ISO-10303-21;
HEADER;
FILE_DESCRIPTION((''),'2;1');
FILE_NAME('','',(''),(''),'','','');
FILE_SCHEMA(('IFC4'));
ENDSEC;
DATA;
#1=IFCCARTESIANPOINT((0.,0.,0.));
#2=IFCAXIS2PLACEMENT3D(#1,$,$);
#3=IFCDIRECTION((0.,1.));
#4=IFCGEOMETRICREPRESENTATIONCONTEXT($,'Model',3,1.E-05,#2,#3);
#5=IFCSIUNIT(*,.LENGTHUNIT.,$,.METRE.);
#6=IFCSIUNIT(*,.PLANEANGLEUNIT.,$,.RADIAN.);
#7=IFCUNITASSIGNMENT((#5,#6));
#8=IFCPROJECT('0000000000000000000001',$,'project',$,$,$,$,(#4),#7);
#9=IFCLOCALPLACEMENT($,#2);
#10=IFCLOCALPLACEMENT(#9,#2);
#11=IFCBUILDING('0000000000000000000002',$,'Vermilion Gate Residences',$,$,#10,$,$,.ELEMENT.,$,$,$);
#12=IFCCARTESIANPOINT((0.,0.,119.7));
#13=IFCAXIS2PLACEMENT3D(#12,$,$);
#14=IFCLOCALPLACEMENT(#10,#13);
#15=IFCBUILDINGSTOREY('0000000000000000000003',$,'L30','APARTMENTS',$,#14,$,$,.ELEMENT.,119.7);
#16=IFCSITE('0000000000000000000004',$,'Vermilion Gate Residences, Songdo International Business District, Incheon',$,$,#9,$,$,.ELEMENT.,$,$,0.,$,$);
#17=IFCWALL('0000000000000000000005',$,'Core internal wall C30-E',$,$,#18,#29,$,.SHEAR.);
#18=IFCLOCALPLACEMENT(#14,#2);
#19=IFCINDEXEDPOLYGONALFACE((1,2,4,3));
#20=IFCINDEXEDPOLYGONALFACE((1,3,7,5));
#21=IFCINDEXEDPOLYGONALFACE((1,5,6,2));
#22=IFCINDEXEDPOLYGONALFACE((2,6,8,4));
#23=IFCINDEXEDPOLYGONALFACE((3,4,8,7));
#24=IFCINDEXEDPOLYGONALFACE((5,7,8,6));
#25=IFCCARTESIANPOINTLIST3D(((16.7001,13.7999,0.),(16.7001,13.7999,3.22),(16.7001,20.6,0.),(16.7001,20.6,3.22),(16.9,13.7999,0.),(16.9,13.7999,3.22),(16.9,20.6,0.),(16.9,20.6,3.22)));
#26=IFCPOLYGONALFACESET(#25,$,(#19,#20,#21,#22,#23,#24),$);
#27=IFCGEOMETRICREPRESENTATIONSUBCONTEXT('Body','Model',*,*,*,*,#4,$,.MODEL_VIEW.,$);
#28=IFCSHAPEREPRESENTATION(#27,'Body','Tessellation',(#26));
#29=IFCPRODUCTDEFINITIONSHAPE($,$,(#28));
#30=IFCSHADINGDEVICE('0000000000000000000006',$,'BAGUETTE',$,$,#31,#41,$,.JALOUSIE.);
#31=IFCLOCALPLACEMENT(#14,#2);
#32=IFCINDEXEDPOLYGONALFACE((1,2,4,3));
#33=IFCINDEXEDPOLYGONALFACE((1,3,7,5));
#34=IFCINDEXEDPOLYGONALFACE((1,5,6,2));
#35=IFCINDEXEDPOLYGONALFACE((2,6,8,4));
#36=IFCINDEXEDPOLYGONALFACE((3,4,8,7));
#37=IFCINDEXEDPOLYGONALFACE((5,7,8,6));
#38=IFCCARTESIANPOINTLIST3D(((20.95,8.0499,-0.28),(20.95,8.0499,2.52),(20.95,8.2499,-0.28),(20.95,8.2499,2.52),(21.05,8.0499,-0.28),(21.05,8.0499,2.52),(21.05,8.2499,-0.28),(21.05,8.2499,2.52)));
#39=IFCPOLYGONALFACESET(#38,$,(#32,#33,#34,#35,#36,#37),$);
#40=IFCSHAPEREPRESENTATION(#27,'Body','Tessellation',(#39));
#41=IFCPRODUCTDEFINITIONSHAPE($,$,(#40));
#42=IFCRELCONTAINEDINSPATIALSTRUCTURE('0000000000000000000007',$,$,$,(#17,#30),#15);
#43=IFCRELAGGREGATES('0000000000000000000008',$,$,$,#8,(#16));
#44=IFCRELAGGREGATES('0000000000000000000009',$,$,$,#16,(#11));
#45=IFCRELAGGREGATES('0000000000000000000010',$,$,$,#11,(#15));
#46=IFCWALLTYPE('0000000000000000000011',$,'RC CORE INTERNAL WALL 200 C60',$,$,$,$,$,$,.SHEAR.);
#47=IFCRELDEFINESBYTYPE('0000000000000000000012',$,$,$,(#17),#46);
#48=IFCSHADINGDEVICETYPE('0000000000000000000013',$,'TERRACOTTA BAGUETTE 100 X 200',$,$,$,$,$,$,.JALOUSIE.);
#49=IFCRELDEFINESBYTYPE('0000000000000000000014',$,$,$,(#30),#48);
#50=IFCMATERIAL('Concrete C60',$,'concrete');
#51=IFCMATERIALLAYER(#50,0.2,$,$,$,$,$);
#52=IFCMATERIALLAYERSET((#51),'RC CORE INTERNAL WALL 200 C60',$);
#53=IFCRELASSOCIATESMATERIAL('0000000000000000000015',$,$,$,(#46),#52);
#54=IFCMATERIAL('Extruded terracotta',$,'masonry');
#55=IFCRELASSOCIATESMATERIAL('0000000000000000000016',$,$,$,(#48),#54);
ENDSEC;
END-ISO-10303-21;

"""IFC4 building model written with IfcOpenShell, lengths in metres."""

from ifc_helpers import new_model, si_unit, direction, frame, frame_2d, origin, origin_2d, place, context, subcontext, project, spatial, rectangle, extrude, material, layer, layer_set, material_profile, profile_set, type_object, element, save


model = new_model("IFC4")

# Units and contexts
model_context = context("Model", 3, precision=1e-05, world=origin(), true_north=direction((0.0, 1.0)))
body_context = subcontext(model_context, "Body", "Model", "MODEL_VIEW")
ifc_project = project(units=[si_unit("LENGTHUNIT", "METRE"), si_unit("PLANEANGLEUNIT", "RADIAN")], contexts=[model_context])

# Site, building, storey
site_placement = place(None, origin())
site = spatial("IfcSite", under=ifc_project, at=site_placement, Name="Vermilion Gate Residences, Songdo International Business District, Incheon", CompositionType="ELEMENT", RefElevation=0.0)
building_placement = place(site_placement, origin())
building = spatial("IfcBuilding", under=site, at=building_placement, Name="Vermilion Gate Residences", CompositionType="ELEMENT")
storey_placement = place(building_placement, frame((0.0, 0.0, 119.7)))
storey = spatial("IfcBuildingStorey", under=building, at=storey_placement, Name="L30", Description="APARTMENTS", CompositionType="ELEMENT", Elevation=119.7)

# Wall
ifc_material_1 = material(Name="Concrete C60", Category="concrete")
ifc_layer_1 = layer(ifc_material_1, 0.2)
ifc_layer_set_1 = layer_set([ifc_layer_1], Name="RC CORE INTERNAL WALL 200 C60")
wall_type_1 = type_object("IfcWallType", Name="RC CORE INTERNAL WALL 200 C60", PredefinedType="SHEAR", material=ifc_layer_set_1)
wall_1_placement = place(storey_placement, frame((16.8, 13.8, 0.0), z_axis=(0.0, 0.0, 1.0), x_axis=(0.0, 1.0, 0.0)))
element("IfcWall", 1, at=wall_1_placement, inside=storey, type_object=wall_type_1, Name="Core internal wall C30-E", PredefinedType="SHEAR", context=body_context, shape_type="SweptSolid", body=[
    extrude(rectangle(XDim=6.8, YDim=0.2, at=frame_2d((3.3999, 0.0))), origin(), (0.0, 0.0, 1.0), 3.22),
])

# Shading device
ifc_material_2 = material(Name="Extruded terracotta", Category="masonry")
ifc_material_profile_1 = material_profile(ifc_material_2, rectangle(XDim=0.2, YDim=0.1001, at=origin_2d()), Name="BAGUETTE 100 X 200")
ifc_profile_set_1 = profile_set([ifc_material_profile_1], Name="Extruded terracotta")
shading_device_type = type_object("IfcShadingDeviceType", Name="TERRACOTTA BAGUETTE 100 X 200", PredefinedType="JALOUSIE", material=ifc_profile_set_1)
shading_device_placement = place(storey_placement, frame((21.0, 8.1499, -0.28), z_axis=(0.0, 0.0, 1.0), x_axis=(0.0, 1.0, 0.0)))
element("IfcShadingDevice", 2, at=shading_device_placement, inside=storey, type_object=shading_device_type, Name="BAGUETTE", PredefinedType="JALOUSIE", context=body_context, shape_type="SweptSolid", body=[
    extrude(rectangle(XDim=0.2, YDim=0.1001, at=origin_2d()), origin(), (0.0, 0.0, 1.0), 2.8),
])

save(model, "model.ifc")
